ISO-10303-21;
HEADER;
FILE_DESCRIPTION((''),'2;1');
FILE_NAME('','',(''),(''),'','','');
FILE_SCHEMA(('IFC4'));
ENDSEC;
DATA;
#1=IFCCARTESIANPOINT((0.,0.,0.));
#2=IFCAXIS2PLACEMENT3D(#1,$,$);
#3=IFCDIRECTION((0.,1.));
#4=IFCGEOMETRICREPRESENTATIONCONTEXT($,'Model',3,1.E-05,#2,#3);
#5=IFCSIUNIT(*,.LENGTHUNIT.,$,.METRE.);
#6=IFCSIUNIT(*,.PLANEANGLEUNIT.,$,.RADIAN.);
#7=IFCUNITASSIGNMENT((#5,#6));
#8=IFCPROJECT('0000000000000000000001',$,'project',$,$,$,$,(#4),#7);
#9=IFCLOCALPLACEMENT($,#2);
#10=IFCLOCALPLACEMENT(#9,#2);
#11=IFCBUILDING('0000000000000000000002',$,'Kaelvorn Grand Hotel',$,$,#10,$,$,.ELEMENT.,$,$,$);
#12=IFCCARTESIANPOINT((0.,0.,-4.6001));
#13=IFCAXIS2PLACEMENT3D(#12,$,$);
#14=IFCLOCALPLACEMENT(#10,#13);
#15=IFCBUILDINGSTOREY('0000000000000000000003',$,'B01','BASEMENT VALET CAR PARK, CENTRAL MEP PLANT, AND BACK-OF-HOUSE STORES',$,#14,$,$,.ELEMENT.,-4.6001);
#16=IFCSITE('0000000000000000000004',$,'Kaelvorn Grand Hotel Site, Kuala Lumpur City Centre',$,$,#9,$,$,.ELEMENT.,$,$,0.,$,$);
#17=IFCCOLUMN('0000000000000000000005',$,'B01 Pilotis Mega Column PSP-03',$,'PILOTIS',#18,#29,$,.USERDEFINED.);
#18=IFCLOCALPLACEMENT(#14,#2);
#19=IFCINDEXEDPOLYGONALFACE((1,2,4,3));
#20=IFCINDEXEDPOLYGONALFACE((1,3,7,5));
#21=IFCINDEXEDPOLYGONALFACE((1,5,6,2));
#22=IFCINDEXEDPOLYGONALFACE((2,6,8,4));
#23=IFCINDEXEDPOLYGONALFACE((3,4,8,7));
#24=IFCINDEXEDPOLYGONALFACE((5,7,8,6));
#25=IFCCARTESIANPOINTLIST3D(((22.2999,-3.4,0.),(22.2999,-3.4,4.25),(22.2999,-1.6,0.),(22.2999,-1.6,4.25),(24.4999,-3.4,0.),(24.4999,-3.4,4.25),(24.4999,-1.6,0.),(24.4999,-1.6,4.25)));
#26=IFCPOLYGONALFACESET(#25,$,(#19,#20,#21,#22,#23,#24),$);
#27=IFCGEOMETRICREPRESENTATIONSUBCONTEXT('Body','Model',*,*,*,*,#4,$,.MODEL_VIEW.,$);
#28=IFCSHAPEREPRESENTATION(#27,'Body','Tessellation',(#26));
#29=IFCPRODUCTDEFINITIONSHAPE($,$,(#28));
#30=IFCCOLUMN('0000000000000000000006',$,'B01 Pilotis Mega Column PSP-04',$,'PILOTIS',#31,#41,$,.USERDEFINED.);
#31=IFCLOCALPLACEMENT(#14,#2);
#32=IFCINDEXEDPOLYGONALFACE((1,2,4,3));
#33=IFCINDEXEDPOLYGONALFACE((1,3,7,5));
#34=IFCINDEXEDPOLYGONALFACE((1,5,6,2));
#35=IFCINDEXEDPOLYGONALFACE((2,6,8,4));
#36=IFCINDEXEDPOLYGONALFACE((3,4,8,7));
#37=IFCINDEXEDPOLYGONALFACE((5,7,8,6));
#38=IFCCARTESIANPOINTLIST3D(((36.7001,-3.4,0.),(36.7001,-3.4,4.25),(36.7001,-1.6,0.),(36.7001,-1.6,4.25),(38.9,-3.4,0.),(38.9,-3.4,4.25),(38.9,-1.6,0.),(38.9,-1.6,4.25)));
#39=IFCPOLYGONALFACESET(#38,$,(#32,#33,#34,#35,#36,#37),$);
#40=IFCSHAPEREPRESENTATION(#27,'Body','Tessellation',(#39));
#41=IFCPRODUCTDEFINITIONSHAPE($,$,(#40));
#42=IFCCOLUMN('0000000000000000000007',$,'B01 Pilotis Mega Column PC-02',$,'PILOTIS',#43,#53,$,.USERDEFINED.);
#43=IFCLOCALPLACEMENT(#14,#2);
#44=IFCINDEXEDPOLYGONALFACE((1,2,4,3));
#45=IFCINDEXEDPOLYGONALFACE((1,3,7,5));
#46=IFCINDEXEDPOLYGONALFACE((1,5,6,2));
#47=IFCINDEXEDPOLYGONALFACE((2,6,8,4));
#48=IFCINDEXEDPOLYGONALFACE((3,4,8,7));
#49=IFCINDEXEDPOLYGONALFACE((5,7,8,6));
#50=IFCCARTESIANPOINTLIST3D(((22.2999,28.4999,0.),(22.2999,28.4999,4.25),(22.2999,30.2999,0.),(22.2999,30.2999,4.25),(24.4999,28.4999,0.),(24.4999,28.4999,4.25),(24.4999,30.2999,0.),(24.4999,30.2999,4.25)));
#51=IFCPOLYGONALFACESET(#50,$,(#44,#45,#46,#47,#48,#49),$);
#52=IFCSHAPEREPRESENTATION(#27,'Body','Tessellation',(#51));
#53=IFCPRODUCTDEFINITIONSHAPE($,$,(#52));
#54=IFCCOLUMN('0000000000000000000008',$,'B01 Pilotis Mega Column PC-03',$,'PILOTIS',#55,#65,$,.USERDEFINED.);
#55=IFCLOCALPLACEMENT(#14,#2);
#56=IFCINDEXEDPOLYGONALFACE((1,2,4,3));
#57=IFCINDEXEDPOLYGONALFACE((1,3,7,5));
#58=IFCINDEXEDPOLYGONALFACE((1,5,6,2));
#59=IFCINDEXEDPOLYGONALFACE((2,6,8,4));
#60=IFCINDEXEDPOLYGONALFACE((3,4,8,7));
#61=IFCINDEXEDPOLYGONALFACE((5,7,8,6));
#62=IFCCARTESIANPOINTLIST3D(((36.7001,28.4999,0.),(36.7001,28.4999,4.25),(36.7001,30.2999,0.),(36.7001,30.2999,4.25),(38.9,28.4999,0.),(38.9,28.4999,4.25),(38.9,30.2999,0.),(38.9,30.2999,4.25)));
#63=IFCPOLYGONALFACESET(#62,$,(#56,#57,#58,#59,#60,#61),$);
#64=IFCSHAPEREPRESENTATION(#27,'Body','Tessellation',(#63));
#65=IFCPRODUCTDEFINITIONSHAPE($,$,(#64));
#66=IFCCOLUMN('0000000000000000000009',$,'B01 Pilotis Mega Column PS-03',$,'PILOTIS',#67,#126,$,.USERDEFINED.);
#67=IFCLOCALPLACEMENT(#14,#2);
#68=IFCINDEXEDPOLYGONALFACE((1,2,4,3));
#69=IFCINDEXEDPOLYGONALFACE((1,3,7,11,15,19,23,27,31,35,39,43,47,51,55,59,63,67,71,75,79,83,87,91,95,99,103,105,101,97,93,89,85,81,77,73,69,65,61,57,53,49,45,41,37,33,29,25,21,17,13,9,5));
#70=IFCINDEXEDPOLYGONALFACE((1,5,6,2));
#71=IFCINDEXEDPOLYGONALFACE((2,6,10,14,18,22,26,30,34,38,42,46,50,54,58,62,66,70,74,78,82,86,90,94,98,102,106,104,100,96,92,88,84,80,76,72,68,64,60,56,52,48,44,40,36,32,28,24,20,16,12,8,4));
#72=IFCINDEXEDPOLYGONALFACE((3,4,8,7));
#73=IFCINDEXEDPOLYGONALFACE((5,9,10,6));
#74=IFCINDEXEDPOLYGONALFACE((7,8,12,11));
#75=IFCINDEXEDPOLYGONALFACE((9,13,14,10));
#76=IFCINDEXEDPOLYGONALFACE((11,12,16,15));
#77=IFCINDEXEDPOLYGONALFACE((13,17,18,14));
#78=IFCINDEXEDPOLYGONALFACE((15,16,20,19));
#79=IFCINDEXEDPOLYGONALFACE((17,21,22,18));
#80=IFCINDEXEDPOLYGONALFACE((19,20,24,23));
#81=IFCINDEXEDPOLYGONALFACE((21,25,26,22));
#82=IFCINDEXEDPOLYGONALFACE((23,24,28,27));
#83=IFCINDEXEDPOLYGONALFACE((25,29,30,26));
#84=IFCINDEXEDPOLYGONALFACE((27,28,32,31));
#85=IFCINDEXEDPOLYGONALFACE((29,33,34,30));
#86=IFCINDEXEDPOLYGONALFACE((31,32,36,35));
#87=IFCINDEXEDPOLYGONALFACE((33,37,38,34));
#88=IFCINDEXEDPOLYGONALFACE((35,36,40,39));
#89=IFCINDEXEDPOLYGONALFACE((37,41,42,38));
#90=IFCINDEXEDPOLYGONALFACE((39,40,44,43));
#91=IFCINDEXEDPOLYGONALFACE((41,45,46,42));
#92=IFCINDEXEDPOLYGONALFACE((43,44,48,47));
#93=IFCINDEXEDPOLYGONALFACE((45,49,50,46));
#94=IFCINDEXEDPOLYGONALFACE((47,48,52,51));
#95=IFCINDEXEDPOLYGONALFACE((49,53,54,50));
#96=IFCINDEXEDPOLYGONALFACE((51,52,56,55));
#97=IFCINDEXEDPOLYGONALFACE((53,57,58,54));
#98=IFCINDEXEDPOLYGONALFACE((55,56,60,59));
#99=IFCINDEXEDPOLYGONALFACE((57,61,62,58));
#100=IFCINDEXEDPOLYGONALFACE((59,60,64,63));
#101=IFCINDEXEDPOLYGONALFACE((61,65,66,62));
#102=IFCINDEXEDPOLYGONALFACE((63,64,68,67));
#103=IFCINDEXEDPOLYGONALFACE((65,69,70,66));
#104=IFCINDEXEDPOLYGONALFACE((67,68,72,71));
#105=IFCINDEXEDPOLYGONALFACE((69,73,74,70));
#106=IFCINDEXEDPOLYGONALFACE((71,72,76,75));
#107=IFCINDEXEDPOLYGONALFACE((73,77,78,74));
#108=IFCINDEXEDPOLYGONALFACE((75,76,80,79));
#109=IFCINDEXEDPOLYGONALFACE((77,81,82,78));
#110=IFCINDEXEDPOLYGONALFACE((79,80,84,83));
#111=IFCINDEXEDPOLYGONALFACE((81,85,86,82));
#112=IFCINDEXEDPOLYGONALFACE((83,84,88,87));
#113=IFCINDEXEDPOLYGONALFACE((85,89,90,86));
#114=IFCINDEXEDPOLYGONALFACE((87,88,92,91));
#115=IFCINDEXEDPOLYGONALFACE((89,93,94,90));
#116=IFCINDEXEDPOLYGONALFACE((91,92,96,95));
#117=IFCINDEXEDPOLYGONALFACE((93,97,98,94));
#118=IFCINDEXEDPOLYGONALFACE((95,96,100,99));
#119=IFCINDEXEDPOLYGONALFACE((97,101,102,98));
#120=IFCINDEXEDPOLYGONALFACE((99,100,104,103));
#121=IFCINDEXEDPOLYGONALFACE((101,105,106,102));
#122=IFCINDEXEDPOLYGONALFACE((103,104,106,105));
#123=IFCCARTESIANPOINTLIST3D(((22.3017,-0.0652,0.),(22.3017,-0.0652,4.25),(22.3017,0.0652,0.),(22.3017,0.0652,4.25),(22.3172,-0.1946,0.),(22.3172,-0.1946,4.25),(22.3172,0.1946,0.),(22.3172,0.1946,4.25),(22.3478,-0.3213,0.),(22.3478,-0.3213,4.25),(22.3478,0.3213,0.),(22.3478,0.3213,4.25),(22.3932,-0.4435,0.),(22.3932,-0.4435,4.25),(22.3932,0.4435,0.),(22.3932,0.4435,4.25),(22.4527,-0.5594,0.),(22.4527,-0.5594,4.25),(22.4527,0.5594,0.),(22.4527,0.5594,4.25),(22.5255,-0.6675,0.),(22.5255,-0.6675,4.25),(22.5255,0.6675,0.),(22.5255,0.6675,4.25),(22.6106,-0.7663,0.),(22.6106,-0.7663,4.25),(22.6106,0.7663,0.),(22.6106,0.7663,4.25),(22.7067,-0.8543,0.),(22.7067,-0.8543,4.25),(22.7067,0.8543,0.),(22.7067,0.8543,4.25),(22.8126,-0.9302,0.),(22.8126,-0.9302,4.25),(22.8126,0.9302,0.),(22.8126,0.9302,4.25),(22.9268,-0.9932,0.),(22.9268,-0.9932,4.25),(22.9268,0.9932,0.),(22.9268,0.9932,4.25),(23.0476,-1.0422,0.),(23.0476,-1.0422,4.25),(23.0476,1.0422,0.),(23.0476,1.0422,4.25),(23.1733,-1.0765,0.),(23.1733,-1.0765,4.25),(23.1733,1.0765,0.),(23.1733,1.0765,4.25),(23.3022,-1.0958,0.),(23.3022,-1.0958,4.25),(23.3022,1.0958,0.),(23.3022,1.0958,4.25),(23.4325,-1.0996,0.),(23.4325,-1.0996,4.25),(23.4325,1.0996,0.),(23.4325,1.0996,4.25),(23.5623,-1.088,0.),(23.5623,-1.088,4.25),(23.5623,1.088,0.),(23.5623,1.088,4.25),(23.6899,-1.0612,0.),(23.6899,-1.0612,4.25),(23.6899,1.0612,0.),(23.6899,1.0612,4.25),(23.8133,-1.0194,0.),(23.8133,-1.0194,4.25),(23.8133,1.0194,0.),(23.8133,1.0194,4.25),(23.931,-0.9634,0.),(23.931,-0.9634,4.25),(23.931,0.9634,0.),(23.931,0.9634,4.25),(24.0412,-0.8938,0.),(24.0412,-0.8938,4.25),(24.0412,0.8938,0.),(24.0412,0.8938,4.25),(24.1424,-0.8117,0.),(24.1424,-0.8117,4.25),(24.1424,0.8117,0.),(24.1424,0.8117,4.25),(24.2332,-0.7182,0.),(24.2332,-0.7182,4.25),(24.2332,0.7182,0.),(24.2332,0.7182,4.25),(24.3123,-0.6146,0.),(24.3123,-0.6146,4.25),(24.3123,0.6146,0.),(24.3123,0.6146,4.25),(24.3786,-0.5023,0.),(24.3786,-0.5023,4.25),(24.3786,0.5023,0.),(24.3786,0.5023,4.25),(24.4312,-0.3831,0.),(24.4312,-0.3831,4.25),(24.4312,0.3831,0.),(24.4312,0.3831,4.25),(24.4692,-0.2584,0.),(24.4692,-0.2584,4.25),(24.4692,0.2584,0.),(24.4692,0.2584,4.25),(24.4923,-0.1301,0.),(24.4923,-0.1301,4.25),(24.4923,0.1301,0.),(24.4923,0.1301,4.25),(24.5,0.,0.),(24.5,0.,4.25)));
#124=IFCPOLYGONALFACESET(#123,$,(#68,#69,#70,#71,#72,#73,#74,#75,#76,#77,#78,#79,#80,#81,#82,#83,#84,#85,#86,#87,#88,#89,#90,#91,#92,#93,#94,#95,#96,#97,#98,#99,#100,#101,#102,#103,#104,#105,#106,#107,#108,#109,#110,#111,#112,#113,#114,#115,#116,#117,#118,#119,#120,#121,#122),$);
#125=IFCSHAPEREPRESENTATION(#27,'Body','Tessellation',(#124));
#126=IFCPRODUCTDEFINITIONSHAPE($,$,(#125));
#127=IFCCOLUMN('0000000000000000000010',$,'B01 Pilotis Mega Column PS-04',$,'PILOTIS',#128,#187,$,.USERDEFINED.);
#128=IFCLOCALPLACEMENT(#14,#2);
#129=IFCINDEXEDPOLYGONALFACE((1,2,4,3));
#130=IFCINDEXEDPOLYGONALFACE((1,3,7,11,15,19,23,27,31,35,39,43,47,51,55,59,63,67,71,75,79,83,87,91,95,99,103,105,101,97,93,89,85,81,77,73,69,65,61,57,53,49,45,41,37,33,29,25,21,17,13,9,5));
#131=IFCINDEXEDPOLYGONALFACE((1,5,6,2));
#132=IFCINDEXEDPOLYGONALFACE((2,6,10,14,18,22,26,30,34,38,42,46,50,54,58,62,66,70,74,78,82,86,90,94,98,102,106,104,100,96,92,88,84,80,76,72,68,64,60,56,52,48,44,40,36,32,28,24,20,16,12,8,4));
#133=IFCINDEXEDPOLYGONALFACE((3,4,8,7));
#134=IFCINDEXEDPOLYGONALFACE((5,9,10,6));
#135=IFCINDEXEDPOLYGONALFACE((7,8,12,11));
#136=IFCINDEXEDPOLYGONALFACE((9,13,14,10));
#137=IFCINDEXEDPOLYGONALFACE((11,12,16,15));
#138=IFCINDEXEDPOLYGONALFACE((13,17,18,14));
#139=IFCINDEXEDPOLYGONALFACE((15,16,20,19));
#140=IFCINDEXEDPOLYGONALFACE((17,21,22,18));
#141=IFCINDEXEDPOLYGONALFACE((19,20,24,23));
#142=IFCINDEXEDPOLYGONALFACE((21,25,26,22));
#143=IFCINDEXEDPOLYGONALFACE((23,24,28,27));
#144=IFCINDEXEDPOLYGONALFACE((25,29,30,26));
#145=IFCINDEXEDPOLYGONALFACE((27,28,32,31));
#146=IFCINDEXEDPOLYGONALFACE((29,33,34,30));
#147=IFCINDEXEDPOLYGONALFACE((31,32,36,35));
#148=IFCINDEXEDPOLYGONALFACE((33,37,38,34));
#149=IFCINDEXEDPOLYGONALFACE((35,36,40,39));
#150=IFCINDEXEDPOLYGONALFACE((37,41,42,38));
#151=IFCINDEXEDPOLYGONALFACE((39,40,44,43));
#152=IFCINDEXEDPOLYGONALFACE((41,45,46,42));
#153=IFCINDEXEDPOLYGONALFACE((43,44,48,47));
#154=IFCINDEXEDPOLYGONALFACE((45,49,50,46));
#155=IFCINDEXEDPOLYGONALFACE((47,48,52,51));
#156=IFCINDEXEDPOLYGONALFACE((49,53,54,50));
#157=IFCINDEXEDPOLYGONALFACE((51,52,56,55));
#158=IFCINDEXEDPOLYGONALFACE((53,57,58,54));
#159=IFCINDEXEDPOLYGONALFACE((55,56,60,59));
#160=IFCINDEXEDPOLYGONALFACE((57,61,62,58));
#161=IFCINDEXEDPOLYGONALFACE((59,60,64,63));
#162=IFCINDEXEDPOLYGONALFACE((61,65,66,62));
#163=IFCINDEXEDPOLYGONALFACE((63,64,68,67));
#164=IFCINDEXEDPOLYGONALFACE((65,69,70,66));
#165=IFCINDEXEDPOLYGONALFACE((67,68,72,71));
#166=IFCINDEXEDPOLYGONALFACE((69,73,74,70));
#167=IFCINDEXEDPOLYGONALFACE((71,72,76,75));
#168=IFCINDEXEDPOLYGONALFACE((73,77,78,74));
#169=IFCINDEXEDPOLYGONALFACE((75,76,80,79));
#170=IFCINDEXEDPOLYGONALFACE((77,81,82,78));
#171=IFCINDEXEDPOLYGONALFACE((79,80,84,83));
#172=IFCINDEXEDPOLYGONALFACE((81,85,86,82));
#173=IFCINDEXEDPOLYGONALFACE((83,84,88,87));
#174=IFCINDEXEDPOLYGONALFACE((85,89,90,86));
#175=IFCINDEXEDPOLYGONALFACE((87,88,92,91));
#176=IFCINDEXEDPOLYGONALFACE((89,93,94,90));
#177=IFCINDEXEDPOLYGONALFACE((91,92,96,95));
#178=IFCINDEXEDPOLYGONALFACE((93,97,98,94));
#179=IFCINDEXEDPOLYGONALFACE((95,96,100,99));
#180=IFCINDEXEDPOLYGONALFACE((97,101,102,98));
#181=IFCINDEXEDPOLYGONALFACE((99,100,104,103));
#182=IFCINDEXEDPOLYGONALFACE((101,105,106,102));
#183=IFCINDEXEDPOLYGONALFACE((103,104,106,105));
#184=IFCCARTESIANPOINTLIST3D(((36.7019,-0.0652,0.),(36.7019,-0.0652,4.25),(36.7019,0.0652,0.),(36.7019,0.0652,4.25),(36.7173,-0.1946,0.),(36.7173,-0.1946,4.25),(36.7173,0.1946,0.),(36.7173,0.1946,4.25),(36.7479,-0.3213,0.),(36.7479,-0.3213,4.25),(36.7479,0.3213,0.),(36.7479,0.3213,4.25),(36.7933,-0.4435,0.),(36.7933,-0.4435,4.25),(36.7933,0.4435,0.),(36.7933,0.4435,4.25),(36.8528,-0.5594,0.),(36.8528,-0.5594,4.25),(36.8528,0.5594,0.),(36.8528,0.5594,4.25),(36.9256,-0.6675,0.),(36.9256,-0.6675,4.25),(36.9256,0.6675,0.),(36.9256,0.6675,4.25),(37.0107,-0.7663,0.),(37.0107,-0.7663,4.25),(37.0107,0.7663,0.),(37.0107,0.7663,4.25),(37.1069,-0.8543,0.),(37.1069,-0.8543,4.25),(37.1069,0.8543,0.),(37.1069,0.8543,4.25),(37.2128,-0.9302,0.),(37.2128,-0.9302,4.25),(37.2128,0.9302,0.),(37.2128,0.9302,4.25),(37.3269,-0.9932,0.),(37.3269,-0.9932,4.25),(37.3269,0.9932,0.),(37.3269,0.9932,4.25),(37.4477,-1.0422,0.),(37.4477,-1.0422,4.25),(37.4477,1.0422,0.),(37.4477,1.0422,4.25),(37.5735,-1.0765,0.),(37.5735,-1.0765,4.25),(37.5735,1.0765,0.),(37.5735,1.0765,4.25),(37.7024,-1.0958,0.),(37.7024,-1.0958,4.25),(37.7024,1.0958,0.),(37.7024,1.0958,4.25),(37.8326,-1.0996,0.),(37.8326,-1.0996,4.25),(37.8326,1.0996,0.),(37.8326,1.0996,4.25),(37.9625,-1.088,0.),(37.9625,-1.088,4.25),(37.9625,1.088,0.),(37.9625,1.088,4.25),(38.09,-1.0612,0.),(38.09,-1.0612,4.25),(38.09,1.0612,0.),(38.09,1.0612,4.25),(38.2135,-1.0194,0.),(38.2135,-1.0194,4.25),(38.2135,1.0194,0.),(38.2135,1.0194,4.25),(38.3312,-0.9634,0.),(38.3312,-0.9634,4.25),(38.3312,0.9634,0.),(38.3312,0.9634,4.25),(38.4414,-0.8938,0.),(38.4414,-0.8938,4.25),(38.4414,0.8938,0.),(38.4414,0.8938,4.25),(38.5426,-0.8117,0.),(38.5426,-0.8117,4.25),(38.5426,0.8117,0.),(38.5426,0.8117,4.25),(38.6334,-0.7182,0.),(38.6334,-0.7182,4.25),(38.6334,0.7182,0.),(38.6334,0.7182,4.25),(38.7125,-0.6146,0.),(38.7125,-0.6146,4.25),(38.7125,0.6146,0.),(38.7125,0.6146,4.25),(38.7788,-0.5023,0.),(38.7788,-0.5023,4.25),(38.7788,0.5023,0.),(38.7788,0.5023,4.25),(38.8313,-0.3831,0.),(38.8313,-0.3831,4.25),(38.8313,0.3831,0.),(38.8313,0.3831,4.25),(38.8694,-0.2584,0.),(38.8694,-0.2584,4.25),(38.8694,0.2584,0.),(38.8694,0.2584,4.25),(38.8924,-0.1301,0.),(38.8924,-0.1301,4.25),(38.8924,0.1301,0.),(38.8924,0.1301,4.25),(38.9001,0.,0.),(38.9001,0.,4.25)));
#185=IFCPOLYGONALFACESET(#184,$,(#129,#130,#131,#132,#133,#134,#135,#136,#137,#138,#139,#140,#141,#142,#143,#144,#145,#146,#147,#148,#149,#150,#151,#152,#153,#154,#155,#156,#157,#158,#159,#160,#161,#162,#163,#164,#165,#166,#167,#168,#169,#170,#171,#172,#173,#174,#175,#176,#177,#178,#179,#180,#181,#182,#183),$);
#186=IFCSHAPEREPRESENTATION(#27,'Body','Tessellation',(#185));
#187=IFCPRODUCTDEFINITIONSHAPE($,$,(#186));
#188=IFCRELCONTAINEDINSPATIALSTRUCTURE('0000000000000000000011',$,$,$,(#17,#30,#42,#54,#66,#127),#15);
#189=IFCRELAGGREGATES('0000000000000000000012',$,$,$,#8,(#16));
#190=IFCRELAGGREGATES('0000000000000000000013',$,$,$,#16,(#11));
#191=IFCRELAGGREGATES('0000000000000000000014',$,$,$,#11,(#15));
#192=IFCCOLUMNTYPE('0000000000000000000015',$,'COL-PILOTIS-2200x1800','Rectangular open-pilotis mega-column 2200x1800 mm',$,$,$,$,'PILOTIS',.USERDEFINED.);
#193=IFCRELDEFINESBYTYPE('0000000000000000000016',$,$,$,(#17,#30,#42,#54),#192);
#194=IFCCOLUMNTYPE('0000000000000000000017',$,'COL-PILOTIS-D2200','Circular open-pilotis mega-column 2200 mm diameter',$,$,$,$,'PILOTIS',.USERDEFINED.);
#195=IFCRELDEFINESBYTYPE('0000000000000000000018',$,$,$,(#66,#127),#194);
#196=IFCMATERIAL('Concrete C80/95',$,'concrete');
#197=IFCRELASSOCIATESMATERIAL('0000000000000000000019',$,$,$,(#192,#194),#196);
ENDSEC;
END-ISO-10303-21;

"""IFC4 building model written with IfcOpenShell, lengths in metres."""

from ifc_helpers import new_model, si_unit, direction, frame, origin, origin_2d, place, context, subcontext, project, spatial, rectangle, circle, extrude, material, material_profile, profile_set, type_object, element, save


model = new_model("IFC4")

# Units and contexts
model_context = context("Model", 3, precision=1e-05, world=origin(), true_north=direction((0.0, 1.0)))
body_context = subcontext(model_context, "Body", "Model", "MODEL_VIEW")
ifc_project = project(units=[si_unit("LENGTHUNIT", "METRE"), si_unit("PLANEANGLEUNIT", "RADIAN")], contexts=[model_context])

# Site, building, storey
site_placement = place(None, origin())
site = spatial("IfcSite", under=ifc_project, at=site_placement, Name="Kaelvorn Grand Hotel Site, Kuala Lumpur City Centre", CompositionType="ELEMENT", RefElevation=0.0)
building_placement = place(site_placement, origin())
building = spatial("IfcBuilding", under=site, at=building_placement, Name="Kaelvorn Grand Hotel", CompositionType="ELEMENT")
storey_placement = place(building_placement, frame((0.0, 0.0, -4.6001)))
storey = spatial("IfcBuildingStorey", under=building, at=storey_placement, Name="B01", Description="BASEMENT VALET CAR PARK, CENTRAL MEP PLANT, AND BACK-OF-HOUSE STORES", CompositionType="ELEMENT", Elevation=-4.6001)

# Columns
ifc_material_1 = material(Name="Concrete C80/95", Category="concrete")
ifc_material_profile_1 = material_profile(ifc_material_1, rectangle(XDim=2.2, YDim=1.8, at=origin_2d()), Name="PILOTIS 2200x1800")
ifc_profile_set_1 = profile_set([ifc_material_profile_1], Name="Concrete C80/95")
column_type_1 = type_object("IfcColumnType", Name="COL-PILOTIS-2200x1800", Description="Rectangular open-pilotis mega-column 2200x1800 mm", ElementType="PILOTIS", PredefinedType="USERDEFINED", material=ifc_profile_set_1)
for number, where, z_axis, x_axis, name in (
    (1, (23.3999, -2.5, 0.0), (0.0, 0.0, 1.0), (1.0, 0.0, 0.0), "B01 Pilotis Mega Column PSP-03"),
    (2, (37.8, -2.5, 0.0), (0.0, 0.0, 1.0), (1.0, 0.0, 0.0), "B01 Pilotis Mega Column PSP-04"),
    (3, (23.3999, 29.3999, 0.0), (0.0, 0.0, 1.0), (1.0, 0.0, 0.0), "B01 Pilotis Mega Column PC-02"),
    (4, (37.8, 29.3999, 0.0), (0.0, 0.0, 1.0), (1.0, 0.0, 0.0), "B01 Pilotis Mega Column PC-03"),
):
    element("IfcColumn", number, at=place(storey_placement, frame(where, z_axis=z_axis, x_axis=x_axis)), inside=storey, type_object=column_type_1, Name=name, ObjectType="PILOTIS", PredefinedType="USERDEFINED", context=body_context, shape_type="SweptSolid", body=[
        extrude(rectangle(XDim=2.2, YDim=1.8, at=origin_2d()), origin(), (0.0, 0.0, 1.0), 4.25),
    ])
ifc_material_profile_2 = material_profile(ifc_material_1, circle(Radius=1.1001, at=origin_2d()), Name="PILOTIS D2200")
ifc_profile_set_2 = profile_set([ifc_material_profile_2], Name="Concrete C80/95")
column_type_2 = type_object("IfcColumnType", Name="COL-PILOTIS-D2200", Description="Circular open-pilotis mega-column 2200 mm diameter", ElementType="PILOTIS", PredefinedType="USERDEFINED", material=ifc_profile_set_2)
for number, where, z_axis, x_axis, name in (
    (5, (23.3999, 0.0, 0.0), (0.0, 0.0, 1.0), (1.0, 0.0, 0.0), "B01 Pilotis Mega Column PS-03"),
    (6, (37.8, 0.0, 0.0), (0.0, 0.0, 1.0), (1.0, 0.0, 0.0), "B01 Pilotis Mega Column PS-04"),
):
    element("IfcColumn", number, at=place(storey_placement, frame(where, z_axis=z_axis, x_axis=x_axis)), inside=storey, type_object=column_type_2, Name=name, ObjectType="PILOTIS", PredefinedType="USERDEFINED", context=body_context, shape_type="SweptSolid", body=[
        extrude(circle(Radius=1.1001, at=origin_2d()), origin(), (0.0, 0.0, 1.0), 4.25),
    ])

save(model, "model.ifc")
